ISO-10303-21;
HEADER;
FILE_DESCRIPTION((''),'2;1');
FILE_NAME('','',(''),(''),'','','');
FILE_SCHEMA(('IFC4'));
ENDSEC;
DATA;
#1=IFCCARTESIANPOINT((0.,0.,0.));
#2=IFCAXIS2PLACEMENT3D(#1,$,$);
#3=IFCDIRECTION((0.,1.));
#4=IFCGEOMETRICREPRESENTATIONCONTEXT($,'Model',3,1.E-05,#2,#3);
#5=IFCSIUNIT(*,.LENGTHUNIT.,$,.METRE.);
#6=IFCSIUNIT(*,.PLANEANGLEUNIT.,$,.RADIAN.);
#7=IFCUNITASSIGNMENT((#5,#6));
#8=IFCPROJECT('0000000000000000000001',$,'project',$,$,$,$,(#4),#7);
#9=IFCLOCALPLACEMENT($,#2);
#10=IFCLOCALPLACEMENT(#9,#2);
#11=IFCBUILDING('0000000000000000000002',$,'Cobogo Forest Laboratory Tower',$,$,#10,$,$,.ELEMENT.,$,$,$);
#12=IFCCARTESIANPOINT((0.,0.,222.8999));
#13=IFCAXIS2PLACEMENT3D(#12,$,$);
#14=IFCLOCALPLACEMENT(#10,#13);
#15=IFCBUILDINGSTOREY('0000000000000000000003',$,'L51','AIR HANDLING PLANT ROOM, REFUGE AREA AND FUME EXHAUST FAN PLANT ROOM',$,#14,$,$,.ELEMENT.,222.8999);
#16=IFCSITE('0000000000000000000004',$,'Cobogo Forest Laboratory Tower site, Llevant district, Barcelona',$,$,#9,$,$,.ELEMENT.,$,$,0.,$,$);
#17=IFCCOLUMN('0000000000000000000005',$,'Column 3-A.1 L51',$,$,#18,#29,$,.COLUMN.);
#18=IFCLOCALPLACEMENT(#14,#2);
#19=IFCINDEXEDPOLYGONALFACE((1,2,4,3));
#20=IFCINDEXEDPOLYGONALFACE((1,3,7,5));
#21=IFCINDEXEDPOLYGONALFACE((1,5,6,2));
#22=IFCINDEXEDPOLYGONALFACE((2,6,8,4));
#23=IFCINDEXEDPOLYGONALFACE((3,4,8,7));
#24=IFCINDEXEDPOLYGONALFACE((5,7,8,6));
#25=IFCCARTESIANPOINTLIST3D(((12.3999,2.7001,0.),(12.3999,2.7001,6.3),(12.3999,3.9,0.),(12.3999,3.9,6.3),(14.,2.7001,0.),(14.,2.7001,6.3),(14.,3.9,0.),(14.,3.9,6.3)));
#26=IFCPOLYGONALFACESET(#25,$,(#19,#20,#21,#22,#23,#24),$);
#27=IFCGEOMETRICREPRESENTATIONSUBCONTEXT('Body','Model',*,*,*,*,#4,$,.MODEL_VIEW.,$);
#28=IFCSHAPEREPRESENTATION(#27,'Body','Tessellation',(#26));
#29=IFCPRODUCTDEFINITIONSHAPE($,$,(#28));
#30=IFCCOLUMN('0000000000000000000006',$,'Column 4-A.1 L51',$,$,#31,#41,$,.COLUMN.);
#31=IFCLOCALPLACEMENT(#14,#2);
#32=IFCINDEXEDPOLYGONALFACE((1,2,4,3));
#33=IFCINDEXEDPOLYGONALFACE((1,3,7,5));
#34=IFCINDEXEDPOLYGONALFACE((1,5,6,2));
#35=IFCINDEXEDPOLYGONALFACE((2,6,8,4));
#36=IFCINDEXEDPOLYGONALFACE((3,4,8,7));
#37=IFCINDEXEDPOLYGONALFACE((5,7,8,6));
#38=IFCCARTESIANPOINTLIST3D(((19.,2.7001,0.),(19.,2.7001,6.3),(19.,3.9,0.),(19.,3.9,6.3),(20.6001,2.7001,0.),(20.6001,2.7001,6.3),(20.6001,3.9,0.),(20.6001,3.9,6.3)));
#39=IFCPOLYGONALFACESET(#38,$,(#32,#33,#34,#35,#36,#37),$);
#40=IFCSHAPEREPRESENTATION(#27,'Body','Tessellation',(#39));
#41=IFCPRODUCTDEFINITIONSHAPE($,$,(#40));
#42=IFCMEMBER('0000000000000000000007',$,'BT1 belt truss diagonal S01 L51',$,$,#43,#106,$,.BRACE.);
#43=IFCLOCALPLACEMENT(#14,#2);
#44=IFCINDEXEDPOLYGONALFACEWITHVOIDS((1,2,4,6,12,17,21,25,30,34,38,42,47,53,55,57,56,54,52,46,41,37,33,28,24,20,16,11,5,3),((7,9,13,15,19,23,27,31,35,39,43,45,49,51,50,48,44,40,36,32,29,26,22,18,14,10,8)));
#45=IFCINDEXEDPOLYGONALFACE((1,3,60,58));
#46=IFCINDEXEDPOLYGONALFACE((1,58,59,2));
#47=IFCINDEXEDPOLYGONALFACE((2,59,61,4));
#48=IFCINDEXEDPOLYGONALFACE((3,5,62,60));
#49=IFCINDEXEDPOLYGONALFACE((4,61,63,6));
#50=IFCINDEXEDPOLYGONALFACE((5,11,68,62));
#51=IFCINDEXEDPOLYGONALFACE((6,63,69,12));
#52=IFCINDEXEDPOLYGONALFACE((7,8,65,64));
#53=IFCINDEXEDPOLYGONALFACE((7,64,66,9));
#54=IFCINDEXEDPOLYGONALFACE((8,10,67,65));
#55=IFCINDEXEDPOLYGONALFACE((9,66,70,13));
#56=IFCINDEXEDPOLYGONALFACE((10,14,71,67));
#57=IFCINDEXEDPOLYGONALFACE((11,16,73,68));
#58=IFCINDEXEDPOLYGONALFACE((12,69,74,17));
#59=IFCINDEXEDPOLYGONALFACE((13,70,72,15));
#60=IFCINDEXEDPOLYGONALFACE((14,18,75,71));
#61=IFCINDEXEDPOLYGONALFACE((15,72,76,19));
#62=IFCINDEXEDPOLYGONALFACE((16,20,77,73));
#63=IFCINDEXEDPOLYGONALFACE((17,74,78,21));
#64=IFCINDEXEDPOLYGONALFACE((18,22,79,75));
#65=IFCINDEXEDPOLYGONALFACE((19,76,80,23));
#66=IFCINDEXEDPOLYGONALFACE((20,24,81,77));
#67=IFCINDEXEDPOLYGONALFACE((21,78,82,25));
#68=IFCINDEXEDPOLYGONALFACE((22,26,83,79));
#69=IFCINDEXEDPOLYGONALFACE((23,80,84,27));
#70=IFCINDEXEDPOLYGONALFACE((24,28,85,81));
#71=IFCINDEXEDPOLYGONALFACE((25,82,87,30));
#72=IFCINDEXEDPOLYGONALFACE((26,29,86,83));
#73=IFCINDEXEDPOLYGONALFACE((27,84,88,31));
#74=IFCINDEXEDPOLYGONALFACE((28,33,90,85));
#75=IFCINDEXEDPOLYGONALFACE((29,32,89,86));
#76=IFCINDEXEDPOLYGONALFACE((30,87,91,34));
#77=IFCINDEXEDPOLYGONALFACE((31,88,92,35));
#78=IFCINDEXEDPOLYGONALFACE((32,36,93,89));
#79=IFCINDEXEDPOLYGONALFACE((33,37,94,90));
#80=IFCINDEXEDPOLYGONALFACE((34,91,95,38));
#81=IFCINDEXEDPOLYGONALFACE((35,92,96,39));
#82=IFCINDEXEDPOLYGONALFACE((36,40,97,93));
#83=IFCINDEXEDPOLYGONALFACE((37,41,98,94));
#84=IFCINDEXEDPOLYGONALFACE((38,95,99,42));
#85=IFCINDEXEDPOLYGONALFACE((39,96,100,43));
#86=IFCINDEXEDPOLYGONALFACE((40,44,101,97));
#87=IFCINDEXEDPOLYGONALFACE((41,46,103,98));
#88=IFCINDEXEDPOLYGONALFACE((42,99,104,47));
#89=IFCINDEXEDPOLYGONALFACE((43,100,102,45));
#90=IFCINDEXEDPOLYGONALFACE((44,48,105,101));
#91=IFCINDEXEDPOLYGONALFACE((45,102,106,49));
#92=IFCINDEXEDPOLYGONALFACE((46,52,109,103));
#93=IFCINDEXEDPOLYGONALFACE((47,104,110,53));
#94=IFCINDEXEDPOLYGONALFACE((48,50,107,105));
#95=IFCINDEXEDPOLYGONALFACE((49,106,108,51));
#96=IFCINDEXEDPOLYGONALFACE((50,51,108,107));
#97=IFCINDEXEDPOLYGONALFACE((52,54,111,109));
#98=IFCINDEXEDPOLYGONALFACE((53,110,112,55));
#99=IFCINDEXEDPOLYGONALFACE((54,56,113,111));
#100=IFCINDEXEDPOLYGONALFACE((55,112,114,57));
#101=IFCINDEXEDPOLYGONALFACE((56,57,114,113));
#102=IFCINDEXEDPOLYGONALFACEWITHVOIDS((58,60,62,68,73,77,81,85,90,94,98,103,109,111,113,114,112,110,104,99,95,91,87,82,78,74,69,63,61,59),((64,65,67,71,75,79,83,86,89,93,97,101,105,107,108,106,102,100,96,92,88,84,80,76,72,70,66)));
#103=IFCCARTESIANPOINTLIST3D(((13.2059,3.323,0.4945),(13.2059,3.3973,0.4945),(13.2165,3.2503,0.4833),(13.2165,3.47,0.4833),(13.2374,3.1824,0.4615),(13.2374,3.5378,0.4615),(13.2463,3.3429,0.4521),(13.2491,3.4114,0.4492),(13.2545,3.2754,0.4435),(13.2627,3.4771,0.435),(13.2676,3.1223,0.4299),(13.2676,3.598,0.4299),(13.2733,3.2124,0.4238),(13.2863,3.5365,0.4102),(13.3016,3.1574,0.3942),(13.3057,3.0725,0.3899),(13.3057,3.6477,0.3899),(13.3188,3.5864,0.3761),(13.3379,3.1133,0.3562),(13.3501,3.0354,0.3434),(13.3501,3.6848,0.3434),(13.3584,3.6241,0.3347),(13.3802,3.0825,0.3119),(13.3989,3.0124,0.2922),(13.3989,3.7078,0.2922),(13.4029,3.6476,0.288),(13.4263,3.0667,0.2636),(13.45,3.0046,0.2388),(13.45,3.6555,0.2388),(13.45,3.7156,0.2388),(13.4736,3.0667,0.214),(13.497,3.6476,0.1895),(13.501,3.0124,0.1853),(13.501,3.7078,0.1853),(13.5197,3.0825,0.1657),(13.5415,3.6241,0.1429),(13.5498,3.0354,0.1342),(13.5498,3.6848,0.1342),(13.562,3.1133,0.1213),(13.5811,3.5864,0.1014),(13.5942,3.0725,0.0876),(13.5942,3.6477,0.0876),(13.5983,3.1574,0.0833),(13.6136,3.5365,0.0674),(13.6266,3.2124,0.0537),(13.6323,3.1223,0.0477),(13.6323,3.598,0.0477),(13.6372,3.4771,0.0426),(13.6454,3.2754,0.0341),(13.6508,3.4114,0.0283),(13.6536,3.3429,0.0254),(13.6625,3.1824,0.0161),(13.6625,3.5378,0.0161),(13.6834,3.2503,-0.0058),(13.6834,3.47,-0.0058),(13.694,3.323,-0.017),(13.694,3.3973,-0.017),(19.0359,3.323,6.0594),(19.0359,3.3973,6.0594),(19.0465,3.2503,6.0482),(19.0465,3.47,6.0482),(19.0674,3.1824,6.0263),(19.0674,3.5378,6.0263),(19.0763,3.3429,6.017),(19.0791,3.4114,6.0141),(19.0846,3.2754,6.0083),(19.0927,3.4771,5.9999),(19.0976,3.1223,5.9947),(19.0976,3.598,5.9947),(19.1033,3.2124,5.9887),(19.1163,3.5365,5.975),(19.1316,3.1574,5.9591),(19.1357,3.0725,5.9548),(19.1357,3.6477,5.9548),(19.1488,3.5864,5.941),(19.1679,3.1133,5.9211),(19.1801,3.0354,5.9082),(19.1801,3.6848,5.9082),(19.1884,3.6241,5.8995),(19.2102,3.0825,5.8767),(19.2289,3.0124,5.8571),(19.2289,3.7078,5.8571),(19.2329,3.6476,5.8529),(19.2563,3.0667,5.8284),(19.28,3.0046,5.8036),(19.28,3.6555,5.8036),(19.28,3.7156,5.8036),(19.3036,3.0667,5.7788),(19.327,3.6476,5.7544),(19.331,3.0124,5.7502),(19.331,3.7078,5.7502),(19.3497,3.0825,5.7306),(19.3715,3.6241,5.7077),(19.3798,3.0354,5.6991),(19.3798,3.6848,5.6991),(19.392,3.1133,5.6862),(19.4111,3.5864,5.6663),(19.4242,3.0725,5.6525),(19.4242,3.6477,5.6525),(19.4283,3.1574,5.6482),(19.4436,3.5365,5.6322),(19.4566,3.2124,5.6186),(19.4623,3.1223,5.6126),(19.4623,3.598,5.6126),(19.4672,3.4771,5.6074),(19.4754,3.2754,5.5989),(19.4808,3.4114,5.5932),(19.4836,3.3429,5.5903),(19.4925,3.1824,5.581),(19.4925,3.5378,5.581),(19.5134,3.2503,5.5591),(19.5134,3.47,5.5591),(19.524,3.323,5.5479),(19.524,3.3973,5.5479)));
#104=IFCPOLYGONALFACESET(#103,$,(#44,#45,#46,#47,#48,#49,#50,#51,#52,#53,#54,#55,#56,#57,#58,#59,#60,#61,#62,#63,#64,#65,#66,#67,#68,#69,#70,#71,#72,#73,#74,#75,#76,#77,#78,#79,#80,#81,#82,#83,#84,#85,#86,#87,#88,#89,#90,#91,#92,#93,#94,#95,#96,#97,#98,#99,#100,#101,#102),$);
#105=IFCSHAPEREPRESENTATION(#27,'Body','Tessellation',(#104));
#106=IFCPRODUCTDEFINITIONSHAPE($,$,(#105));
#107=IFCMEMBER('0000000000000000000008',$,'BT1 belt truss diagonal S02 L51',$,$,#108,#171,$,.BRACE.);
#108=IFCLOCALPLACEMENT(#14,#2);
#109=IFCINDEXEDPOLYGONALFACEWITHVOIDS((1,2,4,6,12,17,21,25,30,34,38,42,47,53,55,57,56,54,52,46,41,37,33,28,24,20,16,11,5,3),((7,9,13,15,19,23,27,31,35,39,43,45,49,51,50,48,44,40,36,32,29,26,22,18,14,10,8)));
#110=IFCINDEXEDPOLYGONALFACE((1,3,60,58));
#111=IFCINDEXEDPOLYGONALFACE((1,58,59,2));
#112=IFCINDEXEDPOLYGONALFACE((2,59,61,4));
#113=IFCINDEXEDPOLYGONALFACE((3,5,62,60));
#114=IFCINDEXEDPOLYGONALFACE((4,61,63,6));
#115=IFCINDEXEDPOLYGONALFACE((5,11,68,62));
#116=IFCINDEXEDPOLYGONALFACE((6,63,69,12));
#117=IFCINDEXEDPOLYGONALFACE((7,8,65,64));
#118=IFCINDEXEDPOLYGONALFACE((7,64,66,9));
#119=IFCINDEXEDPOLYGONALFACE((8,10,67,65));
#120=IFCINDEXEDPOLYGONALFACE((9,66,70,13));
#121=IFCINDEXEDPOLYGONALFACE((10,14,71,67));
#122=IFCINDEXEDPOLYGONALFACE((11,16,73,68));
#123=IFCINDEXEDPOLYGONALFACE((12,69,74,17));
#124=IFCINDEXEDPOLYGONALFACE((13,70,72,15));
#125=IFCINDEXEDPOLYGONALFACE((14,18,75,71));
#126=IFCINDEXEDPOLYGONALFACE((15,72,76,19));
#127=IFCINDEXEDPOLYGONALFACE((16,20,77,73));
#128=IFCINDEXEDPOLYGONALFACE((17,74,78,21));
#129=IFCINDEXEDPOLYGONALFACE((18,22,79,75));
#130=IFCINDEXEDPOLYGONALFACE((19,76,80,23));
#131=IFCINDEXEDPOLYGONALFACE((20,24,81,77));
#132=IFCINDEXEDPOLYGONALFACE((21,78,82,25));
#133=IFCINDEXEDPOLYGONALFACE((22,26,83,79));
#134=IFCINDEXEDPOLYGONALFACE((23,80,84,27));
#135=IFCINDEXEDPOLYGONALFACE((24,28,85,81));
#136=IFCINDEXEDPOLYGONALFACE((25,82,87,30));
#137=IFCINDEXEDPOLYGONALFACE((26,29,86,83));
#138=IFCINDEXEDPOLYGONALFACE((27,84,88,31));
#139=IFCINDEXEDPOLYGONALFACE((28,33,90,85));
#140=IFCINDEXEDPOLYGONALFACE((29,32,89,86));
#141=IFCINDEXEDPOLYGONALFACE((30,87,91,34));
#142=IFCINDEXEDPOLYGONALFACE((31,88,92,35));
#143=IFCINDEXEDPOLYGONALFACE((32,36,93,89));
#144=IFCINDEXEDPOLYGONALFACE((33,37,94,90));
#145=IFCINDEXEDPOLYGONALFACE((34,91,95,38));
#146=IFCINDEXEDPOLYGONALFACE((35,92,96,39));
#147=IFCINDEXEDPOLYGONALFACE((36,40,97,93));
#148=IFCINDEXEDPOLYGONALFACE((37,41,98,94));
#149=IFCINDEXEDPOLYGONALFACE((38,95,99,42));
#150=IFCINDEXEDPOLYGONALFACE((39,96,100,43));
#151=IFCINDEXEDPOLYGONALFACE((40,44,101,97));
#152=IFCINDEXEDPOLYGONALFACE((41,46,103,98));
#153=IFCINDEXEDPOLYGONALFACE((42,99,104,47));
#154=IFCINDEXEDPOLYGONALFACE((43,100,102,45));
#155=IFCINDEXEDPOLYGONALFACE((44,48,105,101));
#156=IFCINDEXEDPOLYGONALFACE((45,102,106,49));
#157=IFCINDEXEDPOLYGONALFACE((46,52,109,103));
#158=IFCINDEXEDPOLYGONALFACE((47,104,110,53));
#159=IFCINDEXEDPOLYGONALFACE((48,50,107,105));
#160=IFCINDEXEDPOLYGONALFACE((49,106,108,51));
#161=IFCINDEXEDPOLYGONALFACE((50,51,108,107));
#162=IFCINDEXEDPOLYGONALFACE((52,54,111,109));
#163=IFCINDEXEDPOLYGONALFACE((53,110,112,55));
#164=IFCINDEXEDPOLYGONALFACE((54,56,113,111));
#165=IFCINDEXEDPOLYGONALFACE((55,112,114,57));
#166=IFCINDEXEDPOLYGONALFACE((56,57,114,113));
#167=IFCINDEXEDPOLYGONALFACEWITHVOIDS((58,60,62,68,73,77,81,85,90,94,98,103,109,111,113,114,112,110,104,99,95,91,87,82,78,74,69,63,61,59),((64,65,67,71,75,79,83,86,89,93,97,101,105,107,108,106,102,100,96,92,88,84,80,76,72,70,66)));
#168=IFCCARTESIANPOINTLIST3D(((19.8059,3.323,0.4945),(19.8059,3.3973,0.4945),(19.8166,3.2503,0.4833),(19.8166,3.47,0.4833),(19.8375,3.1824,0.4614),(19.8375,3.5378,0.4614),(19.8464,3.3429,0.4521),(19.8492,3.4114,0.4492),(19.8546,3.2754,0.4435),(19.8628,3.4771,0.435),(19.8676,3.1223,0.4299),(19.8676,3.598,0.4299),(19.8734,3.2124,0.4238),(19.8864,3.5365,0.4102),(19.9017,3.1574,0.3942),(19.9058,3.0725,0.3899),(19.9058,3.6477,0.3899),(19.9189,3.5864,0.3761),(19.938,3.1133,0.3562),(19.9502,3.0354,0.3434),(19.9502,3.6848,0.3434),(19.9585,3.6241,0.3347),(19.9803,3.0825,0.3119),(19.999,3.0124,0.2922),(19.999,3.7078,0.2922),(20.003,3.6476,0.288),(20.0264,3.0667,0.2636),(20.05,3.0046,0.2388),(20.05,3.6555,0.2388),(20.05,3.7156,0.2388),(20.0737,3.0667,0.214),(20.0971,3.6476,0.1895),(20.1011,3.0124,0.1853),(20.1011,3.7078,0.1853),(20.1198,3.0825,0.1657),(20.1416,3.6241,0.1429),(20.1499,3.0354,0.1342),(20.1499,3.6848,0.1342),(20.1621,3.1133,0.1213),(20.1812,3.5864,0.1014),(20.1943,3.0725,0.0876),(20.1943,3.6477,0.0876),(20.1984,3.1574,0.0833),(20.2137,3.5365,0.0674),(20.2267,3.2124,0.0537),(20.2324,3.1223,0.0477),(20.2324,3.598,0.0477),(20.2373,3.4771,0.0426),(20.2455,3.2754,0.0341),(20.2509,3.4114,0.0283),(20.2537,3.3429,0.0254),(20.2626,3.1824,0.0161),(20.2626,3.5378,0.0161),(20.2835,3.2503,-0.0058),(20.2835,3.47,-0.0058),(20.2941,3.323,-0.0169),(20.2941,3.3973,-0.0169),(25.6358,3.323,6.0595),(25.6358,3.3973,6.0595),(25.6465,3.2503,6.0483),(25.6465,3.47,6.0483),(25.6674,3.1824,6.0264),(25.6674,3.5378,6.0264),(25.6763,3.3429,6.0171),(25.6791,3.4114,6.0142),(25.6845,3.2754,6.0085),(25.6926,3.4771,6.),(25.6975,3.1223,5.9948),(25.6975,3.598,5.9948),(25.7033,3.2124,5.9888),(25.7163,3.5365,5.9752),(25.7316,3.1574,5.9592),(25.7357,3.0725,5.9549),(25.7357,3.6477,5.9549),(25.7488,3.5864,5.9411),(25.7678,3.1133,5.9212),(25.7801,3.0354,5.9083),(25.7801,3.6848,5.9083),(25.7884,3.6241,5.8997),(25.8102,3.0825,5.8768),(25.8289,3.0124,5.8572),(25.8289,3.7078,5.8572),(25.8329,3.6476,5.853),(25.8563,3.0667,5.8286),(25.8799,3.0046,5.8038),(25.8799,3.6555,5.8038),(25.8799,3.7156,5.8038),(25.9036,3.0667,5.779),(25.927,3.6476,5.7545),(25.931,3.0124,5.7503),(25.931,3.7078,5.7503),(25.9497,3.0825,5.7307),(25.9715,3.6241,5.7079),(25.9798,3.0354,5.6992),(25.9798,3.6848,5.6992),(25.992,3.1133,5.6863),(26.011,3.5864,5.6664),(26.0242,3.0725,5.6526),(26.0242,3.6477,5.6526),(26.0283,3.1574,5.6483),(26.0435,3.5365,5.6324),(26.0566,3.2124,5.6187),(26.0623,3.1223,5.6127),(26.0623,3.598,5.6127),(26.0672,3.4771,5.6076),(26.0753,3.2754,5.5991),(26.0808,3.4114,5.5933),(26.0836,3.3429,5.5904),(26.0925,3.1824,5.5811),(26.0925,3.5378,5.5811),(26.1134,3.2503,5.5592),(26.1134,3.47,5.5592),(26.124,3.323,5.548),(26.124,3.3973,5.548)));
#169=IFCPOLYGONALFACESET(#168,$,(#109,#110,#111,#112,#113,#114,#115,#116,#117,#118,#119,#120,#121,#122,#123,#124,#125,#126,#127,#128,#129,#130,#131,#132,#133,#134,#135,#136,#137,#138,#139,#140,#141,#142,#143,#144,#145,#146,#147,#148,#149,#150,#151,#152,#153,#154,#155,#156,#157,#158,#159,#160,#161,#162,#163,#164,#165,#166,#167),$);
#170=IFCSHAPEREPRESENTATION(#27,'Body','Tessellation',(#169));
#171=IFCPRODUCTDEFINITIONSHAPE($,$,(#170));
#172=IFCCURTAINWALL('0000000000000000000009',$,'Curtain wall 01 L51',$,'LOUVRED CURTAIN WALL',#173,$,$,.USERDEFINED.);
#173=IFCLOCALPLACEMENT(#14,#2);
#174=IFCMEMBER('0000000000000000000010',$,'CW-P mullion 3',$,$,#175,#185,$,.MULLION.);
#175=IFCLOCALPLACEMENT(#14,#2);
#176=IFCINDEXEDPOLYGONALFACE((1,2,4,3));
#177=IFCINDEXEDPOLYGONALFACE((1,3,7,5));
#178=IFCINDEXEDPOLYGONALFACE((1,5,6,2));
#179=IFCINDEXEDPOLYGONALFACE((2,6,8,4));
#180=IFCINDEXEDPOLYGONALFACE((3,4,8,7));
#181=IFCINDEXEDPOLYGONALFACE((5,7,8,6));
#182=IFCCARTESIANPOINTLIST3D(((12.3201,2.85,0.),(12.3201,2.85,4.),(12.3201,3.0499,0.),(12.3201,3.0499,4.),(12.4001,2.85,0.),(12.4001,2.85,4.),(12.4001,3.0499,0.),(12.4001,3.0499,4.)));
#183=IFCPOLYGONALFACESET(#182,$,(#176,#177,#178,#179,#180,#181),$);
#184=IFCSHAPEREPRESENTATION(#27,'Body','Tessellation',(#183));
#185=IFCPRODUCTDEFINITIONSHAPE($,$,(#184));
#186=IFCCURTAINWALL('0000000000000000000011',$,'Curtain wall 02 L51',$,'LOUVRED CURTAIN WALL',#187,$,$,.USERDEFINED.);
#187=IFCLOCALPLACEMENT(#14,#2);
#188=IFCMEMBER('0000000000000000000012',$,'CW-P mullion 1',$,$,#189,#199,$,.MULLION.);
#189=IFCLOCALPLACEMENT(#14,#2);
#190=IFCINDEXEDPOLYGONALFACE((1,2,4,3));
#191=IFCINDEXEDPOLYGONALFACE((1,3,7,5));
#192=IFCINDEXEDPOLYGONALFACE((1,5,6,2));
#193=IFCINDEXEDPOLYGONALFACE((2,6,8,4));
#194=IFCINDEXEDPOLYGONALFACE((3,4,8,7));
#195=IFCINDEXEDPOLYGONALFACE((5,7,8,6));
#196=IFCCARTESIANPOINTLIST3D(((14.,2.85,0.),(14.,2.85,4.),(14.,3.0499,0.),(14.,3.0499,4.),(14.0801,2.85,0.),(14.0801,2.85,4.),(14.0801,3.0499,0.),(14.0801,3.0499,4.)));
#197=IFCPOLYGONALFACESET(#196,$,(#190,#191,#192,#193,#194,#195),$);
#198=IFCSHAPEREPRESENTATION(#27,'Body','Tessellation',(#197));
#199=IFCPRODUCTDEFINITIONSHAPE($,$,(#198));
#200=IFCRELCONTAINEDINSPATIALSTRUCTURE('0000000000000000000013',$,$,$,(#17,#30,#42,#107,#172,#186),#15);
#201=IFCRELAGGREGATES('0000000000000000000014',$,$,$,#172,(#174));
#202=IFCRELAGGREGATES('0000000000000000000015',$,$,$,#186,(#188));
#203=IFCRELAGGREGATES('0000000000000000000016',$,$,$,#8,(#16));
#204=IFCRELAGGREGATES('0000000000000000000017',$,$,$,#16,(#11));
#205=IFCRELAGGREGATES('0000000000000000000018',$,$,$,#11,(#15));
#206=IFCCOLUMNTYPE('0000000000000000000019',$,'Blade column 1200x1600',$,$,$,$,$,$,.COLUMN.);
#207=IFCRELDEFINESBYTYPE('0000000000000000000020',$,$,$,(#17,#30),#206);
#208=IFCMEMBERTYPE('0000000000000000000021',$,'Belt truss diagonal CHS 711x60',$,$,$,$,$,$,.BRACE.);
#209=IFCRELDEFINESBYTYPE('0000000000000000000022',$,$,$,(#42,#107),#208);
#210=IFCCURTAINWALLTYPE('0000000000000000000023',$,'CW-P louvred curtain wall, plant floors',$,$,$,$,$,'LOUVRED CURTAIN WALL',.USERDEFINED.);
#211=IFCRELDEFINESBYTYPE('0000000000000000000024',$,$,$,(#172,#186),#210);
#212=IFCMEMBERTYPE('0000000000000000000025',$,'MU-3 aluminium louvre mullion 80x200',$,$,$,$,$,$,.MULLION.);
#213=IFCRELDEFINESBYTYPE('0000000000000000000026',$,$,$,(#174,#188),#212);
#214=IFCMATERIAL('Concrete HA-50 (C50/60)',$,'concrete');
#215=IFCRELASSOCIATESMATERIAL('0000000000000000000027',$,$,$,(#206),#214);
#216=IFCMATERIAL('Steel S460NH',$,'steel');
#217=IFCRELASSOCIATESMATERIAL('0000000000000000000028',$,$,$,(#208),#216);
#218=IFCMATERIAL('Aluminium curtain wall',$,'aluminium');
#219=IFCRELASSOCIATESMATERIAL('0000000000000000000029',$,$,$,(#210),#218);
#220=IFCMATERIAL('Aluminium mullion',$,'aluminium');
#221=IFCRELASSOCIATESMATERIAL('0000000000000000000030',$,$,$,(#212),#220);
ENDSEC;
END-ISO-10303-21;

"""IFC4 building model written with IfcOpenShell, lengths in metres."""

from ifc_helpers import new_model, si_unit, direction, frame, origin, origin_2d, place, context, subcontext, project, spatial, rectangle, hollow_circle, extrude, material, material_profile, profile_set, type_object, element, aggregate, save


model = new_model("IFC4")

# Units and contexts
model_context = context("Model", 3, precision=1e-05, world=origin(), true_north=direction((0.0, 1.0)))
body_context = subcontext(model_context, "Body", "Model", "MODEL_VIEW")
ifc_project = project(units=[si_unit("LENGTHUNIT", "METRE"), si_unit("PLANEANGLEUNIT", "RADIAN")], contexts=[model_context])

# Site, building, storey
site_placement = place(None, origin())
site = spatial("IfcSite", under=ifc_project, at=site_placement, Name="Cobogo Forest Laboratory Tower site, Llevant district, Barcelona", CompositionType="ELEMENT", RefElevation=0.0)
building_placement = place(site_placement, origin())
building = spatial("IfcBuilding", under=site, at=building_placement, Name="Cobogo Forest Laboratory Tower", CompositionType="ELEMENT")
storey_placement = place(building_placement, frame((0.0, 0.0, 222.8999)))
storey = spatial("IfcBuildingStorey", under=building, at=storey_placement, Name="L51", Description="AIR HANDLING PLANT ROOM, REFUGE AREA AND FUME EXHAUST FAN PLANT ROOM", CompositionType="ELEMENT", Elevation=222.8999)

# Columns
ifc_material_1 = material(Name="Concrete HA-50 (C50/60)", Category="concrete")
ifc_material_profile_1 = material_profile(ifc_material_1, rectangle(XDim=1.6001, YDim=1.2, at=origin_2d()), Name="RC 1200x1600")
ifc_profile_set_1 = profile_set([ifc_material_profile_1], Name="Concrete HA-50 (C50/60)")
column_type = type_object("IfcColumnType", Name="Blade column 1200x1600", PredefinedType="COLUMN", material=ifc_profile_set_1)
for number, where, z_axis, x_axis, name in (
    (1, (13.2, 3.3, 0.0), (0.0, 0.0, 1.0), (1.0, 0.0, 0.0), "Column 3-A.1 L51"),
    (2, (19.8, 3.3, 0.0), (0.0, 0.0, 1.0), (1.0, 0.0, 0.0), "Column 4-A.1 L51"),
):
    element("IfcColumn", number, at=place(storey_placement, frame(where, z_axis=z_axis, x_axis=x_axis)), inside=storey, type_object=column_type, Name=name, PredefinedType="COLUMN", context=body_context, shape_type="SweptSolid", body=[
        extrude(rectangle(XDim=1.6001, YDim=1.2, at=origin_2d()), origin(), (0.0, 0.0, 1.0), 6.3),
    ])

# Members
ifc_material_2 = material(Name="Steel S460NH", Category="steel")
ifc_material_profile_2 = material_profile(ifc_material_2, hollow_circle(Radius=0.3555, WallThickness=0.0601, at=origin_2d()), Name="CHS 711x60")
ifc_profile_set_2 = profile_set([ifc_material_profile_2], Name="Steel S460NH")
member_type_1 = type_object("IfcMemberType", Name="Belt truss diagonal CHS 711x60", PredefinedType="BRACE", material=ifc_profile_set_2)
for number, where, z_axis, x_axis, name in (
    (3, (13.45, 3.3601, 0.2388), (0.723364, 0.0, 0.690467), (0.0, 1.0, 0.0), "BT1 belt truss diagonal S01 L51"),
    (4, (20.05, 3.3601, 0.2388), (0.723349, 0.0, 0.690482), (0.0, 1.0, 0.0), "BT1 belt truss diagonal S02 L51"),
):
    element("IfcMember", number, at=place(storey_placement, frame(where, z_axis=z_axis, x_axis=x_axis)), inside=storey, type_object=member_type_1, Name=name, PredefinedType="BRACE", context=body_context, shape_type="SweptSolid", body=[
        extrude(hollow_circle(Radius=0.3555, WallThickness=0.0601, at=origin_2d()), origin(), (0.0, 0.0, 1.0), 8.0596),
    ])

# Curtain wall, member
ifc_material_3 = material(Name="Aluminium curtain wall", Category="aluminium")
curtain_wall_type = type_object("IfcCurtainWallType", Name="CW-P louvred curtain wall, plant floors", ElementType="LOUVRED CURTAIN WALL", PredefinedType="USERDEFINED", material=ifc_material_3)
curtain_wall_1_placement = place(storey_placement, origin())
curtain_wall_1 = element("IfcCurtainWall", 5, at=curtain_wall_1_placement, inside=storey, type_object=curtain_wall_type, Name="Curtain wall 01 L51", ObjectType="LOUVRED CURTAIN WALL", PredefinedType="USERDEFINED")
ifc_material_4 = material(Name="Aluminium mullion", Category="aluminium")
ifc_material_profile_3 = material_profile(ifc_material_4, rectangle(XDim=0.0801, YDim=0.2, at=origin_2d()), Name="AL 80x200")
ifc_profile_set_3 = profile_set([ifc_material_profile_3], Name="Aluminium mullion")
member_type_2 = type_object("IfcMemberType", Name="MU-3 aluminium louvre mullion 80x200", PredefinedType="MULLION", material=ifc_profile_set_3)
member_1_placement = place(storey_placement, frame((12.3601, 2.95, 0.0), z_axis=(0.0, 0.0, 1.0), x_axis=(1.0, 0.0, 0.0)))
member_1 = element("IfcMember", 6, at=member_1_placement, type_object=member_type_2, Name="CW-P mullion 3", PredefinedType="MULLION", context=body_context, shape_type="SweptSolid", body=[
    extrude(rectangle(XDim=0.0801, YDim=0.2, at=origin_2d()), origin(), (0.0, 0.0, 1.0), 4.0),
])

# Curtain wall, member
curtain_wall_2_placement = place(storey_placement, origin())
curtain_wall_2 = element("IfcCurtainWall", 7, at=curtain_wall_2_placement, inside=storey, type_object=curtain_wall_type, Name="Curtain wall 02 L51", ObjectType="LOUVRED CURTAIN WALL", PredefinedType="USERDEFINED")
member_2_placement = place(storey_placement, frame((14.04, 2.95, 0.0), z_axis=(0.0, 0.0, 1.0), x_axis=(1.0, 0.0, 0.0)))
member_2 = element("IfcMember", 8, at=member_2_placement, type_object=member_type_2, Name="CW-P mullion 1", PredefinedType="MULLION", context=body_context, shape_type="SweptSolid", body=[
    extrude(rectangle(XDim=0.0801, YDim=0.2, at=origin_2d()), origin(), (0.0, 0.0, 1.0), 4.0),
])

aggregate(curtain_wall_1, [member_1])
aggregate(curtain_wall_2, [member_2])

save(model, "model.ifc")
